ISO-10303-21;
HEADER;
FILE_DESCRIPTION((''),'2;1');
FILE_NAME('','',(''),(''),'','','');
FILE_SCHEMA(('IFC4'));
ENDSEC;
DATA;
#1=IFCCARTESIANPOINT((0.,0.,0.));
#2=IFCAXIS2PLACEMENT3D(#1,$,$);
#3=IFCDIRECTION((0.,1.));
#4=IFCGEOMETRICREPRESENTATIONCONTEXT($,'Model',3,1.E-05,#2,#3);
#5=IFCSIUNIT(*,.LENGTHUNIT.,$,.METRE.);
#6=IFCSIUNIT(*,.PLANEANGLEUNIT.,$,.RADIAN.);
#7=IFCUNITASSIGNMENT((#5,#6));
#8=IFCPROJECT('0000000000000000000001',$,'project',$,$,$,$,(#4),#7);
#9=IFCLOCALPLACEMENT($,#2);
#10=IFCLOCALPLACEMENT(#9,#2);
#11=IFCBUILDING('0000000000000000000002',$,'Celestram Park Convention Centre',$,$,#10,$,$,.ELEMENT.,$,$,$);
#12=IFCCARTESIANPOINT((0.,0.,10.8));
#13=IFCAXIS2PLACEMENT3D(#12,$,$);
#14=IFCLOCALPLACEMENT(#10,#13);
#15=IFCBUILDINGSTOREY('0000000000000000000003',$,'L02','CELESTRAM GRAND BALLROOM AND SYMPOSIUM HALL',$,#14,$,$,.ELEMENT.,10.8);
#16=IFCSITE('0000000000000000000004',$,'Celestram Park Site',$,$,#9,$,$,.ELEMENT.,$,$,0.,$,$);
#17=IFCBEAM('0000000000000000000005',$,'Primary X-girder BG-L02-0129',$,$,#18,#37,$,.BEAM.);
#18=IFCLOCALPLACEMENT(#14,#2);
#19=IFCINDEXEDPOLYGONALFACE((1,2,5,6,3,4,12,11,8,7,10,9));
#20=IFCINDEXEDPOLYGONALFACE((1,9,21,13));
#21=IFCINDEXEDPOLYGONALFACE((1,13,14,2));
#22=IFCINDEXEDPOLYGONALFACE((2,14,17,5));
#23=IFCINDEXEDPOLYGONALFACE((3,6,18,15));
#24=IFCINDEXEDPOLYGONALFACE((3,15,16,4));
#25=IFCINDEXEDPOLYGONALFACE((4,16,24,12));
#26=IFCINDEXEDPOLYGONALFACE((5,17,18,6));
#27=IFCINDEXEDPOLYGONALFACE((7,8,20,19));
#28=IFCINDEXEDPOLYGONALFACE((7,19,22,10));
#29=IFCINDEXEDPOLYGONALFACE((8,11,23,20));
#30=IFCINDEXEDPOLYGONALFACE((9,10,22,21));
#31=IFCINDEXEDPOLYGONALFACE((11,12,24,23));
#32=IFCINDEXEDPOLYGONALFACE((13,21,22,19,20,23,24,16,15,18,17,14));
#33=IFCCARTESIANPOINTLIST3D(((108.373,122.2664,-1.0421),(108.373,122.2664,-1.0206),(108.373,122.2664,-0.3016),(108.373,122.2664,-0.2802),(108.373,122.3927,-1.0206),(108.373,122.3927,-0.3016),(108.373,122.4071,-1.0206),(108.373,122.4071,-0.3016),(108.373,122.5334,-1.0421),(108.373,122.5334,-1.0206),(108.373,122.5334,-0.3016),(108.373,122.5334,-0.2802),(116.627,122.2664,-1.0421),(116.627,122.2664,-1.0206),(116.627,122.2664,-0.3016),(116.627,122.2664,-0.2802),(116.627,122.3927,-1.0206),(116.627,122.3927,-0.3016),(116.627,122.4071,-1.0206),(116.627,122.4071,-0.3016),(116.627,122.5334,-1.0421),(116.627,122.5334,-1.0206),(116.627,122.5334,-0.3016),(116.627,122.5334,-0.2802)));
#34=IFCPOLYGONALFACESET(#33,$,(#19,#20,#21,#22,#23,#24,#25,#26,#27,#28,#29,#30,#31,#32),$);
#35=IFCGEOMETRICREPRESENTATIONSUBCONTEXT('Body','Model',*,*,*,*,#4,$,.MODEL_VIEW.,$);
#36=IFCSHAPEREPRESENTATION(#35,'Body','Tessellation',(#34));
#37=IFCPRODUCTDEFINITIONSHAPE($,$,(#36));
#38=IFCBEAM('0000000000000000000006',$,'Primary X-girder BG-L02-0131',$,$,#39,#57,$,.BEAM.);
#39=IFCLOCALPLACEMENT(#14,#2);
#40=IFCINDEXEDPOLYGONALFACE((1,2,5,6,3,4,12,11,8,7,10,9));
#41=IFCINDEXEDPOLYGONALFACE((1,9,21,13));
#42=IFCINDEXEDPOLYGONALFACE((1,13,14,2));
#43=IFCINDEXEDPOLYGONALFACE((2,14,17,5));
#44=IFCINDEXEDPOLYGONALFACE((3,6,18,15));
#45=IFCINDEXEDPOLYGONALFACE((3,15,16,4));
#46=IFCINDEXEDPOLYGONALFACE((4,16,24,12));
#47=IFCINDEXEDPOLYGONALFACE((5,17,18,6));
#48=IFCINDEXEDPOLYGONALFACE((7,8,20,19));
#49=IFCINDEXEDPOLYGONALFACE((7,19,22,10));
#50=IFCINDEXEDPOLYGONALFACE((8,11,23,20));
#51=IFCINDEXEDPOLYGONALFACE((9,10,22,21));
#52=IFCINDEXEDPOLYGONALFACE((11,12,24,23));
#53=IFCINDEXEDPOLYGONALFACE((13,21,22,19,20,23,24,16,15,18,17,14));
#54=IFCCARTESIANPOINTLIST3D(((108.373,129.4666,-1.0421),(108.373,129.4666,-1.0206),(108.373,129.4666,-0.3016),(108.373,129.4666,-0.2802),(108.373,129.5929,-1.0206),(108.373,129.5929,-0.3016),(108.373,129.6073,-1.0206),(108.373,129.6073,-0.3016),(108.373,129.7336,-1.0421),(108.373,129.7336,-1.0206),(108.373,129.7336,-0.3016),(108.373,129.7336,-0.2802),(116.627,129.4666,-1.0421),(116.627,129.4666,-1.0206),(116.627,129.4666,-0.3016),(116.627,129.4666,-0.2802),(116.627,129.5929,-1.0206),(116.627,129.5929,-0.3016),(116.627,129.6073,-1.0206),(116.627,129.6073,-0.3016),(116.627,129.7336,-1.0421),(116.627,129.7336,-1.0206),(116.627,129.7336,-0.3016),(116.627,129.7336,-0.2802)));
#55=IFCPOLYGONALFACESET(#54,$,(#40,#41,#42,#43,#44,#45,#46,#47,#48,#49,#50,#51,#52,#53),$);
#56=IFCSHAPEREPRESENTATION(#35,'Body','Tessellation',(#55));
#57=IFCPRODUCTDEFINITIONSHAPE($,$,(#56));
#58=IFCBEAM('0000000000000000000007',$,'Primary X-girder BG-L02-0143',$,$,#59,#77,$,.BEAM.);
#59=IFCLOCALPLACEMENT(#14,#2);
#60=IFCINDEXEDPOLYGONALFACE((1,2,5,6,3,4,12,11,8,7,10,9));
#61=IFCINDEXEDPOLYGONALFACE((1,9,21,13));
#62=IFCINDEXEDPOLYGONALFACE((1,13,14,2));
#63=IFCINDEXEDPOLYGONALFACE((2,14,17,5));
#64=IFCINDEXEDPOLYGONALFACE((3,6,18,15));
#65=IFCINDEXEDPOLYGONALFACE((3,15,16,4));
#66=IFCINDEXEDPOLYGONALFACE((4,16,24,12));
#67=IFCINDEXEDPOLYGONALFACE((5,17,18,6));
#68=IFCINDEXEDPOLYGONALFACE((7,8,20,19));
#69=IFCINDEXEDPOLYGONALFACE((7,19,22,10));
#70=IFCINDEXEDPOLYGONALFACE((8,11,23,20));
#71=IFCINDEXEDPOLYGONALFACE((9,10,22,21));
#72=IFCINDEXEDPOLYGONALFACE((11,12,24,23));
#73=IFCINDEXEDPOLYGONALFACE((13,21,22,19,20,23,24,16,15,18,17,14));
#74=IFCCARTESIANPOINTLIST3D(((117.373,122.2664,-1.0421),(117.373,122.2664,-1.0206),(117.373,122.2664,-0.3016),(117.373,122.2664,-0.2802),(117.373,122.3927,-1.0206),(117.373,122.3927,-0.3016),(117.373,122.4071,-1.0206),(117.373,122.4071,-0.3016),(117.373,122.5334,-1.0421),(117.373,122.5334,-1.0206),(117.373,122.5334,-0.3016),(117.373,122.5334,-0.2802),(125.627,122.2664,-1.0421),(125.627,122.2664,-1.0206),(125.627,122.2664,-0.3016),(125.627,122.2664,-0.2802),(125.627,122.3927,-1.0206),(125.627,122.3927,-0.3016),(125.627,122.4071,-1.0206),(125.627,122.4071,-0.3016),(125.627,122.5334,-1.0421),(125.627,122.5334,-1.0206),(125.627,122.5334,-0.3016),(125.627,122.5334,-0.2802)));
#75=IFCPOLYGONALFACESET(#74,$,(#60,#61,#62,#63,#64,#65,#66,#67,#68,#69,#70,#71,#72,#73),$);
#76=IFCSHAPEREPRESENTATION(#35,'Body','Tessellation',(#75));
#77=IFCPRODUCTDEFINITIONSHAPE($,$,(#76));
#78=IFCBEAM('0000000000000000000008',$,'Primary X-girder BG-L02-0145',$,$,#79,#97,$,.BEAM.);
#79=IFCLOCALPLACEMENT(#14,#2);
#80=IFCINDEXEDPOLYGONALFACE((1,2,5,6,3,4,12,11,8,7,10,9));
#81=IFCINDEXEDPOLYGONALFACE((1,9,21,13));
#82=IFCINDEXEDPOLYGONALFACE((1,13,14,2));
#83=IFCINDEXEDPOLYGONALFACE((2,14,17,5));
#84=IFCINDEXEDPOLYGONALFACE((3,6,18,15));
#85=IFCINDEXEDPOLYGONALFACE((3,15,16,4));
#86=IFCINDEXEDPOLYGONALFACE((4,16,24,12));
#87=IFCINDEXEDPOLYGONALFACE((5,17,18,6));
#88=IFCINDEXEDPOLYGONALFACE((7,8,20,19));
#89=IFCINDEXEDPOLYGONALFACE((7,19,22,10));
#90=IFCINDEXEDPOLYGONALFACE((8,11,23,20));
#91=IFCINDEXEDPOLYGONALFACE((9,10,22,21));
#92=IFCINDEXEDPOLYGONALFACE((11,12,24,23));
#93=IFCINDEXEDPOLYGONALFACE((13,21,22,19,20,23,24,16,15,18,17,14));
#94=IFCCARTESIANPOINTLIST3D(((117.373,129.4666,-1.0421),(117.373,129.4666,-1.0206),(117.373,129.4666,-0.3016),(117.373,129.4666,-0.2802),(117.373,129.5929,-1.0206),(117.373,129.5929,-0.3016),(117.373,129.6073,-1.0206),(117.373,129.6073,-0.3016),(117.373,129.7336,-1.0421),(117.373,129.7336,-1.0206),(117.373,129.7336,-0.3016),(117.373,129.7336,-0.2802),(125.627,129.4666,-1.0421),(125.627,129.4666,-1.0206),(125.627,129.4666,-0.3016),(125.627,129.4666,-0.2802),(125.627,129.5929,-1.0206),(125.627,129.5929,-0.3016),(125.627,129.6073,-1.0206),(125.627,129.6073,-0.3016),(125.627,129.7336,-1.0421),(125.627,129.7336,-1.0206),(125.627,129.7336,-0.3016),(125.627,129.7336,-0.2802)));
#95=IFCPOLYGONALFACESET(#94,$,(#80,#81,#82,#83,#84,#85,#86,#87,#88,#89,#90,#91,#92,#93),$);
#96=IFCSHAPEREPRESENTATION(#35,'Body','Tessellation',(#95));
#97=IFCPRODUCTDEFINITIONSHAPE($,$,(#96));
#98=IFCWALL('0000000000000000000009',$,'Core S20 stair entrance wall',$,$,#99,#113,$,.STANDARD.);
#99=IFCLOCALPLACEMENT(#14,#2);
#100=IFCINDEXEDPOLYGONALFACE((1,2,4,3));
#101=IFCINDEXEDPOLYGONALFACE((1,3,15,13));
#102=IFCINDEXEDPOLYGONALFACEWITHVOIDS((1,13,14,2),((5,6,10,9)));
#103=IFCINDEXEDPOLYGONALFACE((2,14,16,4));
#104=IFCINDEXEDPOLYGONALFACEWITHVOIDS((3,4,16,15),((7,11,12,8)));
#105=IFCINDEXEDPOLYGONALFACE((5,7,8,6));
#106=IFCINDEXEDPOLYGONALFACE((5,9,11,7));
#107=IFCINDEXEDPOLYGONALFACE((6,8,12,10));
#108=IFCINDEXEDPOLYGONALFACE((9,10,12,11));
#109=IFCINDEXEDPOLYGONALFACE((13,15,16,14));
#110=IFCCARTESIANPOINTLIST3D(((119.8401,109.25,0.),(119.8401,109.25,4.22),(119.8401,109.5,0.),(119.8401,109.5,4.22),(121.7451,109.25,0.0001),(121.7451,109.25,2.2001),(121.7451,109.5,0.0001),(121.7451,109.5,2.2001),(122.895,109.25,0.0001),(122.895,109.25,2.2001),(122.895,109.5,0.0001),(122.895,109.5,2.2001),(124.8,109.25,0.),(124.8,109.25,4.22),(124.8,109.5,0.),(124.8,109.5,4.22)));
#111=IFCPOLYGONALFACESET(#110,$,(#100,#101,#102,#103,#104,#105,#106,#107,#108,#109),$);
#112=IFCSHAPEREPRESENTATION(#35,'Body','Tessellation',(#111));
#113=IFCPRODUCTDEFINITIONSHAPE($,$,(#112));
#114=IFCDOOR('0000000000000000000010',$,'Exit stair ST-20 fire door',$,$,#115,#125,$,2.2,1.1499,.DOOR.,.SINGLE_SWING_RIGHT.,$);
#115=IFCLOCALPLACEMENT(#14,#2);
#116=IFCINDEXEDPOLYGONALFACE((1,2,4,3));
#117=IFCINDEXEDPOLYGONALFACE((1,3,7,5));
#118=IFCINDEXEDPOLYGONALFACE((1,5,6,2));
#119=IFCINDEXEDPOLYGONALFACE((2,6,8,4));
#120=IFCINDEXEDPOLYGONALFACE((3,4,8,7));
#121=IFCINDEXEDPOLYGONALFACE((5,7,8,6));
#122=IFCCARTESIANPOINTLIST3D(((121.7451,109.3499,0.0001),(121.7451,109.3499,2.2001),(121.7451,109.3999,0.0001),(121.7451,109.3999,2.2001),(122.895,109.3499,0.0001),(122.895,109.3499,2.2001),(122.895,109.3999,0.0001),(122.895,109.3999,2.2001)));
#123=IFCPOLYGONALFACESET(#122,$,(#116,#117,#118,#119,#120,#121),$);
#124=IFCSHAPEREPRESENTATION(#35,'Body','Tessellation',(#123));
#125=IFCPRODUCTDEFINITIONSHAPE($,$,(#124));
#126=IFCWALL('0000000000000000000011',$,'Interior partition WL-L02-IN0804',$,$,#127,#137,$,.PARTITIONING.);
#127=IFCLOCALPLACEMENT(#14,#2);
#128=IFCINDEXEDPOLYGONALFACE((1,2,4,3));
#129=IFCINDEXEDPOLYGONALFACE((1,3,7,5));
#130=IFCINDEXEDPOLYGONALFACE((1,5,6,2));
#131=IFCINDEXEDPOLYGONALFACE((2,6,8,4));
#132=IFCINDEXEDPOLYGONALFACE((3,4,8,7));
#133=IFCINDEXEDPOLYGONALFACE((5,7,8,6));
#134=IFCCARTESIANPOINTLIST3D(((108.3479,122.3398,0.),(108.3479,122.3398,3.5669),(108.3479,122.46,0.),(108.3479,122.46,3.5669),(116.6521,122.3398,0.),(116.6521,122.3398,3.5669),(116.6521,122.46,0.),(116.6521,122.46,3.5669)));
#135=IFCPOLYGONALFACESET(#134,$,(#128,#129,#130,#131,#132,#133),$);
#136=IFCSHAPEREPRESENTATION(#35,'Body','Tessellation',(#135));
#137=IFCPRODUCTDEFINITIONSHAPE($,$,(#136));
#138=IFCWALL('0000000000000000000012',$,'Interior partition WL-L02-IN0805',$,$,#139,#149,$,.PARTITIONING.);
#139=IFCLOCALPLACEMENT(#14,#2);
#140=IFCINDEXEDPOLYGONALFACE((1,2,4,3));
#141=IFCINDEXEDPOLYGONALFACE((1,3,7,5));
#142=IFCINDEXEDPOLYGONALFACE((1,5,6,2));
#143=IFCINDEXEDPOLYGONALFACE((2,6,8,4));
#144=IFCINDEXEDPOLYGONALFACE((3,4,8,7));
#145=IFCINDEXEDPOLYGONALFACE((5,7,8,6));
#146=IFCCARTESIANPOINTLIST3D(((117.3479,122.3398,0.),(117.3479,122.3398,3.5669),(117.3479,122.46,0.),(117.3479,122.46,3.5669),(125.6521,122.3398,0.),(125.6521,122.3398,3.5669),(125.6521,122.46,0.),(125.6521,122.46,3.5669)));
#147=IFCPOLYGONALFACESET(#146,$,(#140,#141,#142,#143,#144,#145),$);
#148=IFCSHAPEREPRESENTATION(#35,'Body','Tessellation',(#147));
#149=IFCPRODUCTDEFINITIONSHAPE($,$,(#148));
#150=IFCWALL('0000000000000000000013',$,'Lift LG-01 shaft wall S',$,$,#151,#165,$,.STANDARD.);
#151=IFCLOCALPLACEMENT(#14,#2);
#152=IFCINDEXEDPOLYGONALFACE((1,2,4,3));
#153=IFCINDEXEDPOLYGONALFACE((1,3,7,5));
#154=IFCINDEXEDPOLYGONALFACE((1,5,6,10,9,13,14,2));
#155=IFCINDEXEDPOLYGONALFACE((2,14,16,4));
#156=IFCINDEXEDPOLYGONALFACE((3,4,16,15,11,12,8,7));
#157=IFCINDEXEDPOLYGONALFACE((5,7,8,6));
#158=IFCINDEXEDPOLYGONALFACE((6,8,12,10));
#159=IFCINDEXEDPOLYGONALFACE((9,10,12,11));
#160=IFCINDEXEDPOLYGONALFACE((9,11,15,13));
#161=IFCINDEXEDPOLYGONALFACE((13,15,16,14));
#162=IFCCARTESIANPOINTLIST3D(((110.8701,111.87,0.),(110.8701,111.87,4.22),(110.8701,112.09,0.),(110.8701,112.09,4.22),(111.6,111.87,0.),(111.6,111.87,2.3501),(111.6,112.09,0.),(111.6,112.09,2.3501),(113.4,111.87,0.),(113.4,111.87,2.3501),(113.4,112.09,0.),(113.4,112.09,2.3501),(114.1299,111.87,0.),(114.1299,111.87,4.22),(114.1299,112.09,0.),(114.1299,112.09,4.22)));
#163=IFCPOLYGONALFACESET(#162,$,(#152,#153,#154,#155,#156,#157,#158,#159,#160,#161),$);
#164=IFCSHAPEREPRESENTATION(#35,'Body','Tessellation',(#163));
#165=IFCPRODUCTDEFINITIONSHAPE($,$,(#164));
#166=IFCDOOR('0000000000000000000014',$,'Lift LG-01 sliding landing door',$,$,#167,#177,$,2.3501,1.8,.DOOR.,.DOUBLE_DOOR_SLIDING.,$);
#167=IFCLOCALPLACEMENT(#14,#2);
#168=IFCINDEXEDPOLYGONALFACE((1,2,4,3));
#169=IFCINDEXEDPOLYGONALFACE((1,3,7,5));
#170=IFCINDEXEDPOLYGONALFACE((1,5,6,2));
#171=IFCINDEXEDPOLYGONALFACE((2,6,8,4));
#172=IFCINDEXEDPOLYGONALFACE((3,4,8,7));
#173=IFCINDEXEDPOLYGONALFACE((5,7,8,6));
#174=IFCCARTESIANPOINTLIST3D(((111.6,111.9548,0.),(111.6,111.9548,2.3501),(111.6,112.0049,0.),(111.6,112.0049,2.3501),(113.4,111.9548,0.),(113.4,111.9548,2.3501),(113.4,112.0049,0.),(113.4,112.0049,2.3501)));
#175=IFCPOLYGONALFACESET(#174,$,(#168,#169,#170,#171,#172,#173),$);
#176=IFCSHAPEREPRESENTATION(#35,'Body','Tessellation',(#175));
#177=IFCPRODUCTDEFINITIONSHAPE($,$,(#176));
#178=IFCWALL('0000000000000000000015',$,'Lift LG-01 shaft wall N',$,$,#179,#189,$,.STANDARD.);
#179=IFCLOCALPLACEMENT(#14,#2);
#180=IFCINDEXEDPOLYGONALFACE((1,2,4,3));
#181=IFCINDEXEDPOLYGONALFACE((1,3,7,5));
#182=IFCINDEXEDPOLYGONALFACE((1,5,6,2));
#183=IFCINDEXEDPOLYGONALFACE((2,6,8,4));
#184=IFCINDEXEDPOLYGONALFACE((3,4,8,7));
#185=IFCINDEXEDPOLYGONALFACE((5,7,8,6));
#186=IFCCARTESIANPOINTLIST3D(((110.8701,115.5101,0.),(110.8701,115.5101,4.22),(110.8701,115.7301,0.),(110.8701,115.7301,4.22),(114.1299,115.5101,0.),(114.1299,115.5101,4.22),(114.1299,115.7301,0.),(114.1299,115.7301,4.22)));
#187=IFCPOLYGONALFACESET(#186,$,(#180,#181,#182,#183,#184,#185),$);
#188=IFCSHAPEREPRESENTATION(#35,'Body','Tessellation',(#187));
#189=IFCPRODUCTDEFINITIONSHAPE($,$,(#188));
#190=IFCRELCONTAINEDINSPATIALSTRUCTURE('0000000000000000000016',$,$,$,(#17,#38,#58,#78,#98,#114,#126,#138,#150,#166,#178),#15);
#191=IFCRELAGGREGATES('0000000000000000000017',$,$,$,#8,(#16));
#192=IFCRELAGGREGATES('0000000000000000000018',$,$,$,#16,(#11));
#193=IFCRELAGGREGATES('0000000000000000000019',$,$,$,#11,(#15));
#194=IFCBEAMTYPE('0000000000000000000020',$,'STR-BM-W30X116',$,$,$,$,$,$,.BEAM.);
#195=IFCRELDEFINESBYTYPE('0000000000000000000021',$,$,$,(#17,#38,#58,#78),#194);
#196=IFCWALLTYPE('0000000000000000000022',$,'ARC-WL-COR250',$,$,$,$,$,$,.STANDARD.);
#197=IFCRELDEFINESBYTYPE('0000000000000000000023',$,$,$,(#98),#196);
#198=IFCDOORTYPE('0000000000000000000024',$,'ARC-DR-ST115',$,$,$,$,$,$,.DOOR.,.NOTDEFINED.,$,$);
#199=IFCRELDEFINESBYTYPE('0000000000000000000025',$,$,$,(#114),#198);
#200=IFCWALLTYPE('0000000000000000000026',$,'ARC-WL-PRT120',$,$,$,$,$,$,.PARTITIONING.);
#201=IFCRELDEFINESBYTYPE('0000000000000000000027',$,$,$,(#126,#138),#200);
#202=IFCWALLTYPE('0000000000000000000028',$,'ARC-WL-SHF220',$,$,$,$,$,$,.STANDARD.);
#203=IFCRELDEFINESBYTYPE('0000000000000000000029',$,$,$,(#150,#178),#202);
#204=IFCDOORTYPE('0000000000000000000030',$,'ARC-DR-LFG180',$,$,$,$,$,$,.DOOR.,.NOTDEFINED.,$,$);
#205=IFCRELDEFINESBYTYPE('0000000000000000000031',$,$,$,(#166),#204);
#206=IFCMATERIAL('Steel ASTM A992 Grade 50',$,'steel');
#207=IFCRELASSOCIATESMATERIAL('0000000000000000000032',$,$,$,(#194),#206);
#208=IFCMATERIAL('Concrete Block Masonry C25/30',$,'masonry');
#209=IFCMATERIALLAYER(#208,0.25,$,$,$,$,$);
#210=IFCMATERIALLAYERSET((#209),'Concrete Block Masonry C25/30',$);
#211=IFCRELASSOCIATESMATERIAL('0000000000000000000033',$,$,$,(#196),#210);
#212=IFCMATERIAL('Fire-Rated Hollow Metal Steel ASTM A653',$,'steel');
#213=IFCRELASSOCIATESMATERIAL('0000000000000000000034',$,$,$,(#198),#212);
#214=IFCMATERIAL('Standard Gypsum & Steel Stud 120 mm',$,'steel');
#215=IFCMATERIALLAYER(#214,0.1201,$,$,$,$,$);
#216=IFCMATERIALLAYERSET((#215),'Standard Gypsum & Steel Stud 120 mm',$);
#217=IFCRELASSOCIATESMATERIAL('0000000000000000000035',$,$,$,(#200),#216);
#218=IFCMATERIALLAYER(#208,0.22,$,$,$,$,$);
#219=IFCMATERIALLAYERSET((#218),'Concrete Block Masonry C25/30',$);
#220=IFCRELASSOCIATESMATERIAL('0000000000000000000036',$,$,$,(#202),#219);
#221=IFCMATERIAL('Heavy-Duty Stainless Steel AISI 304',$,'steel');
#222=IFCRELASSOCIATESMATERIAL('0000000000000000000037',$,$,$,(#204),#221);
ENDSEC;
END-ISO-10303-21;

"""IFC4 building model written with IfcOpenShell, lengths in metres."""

from ifc_helpers import new_model, si_unit, direction, frame, frame_2d, origin, origin_2d, place, context, subcontext, project, spatial, rectangle, i_section, extrude, material, layer, layer_set, material_profile, profile_set, type_object, element, fill, save


model = new_model("IFC4")

# Units and contexts
model_context = context("Model", 3, precision=1e-05, world=origin(), true_north=direction((0.0, 1.0)))
body_context = subcontext(model_context, "Body", "Model", "MODEL_VIEW")
ifc_project = project(units=[si_unit("LENGTHUNIT", "METRE"), si_unit("PLANEANGLEUNIT", "RADIAN")], contexts=[model_context])

# Site, building, storey
site_placement = place(None, origin())
site = spatial("IfcSite", under=ifc_project, at=site_placement, Name="Celestram Park Site", CompositionType="ELEMENT", RefElevation=0.0)
building_placement = place(site_placement, origin())
building = spatial("IfcBuilding", under=site, at=building_placement, Name="Celestram Park Convention Centre", CompositionType="ELEMENT")
storey_placement = place(building_placement, frame((0.0, 0.0, 10.8)))
storey = spatial("IfcBuildingStorey", under=building, at=storey_placement, Name="L02", Description="CELESTRAM GRAND BALLROOM AND SYMPOSIUM HALL", CompositionType="ELEMENT", Elevation=10.8)

# Beams
ifc_material_1 = material(Name="Steel ASTM A992 Grade 50", Category="steel")
ifc_material_profile_1 = material_profile(ifc_material_1, i_section(OverallWidth=0.2671, OverallDepth=0.762, WebThickness=0.0144, FlangeThickness=0.0215, at=origin_2d()), Name="W30X116")
ifc_profile_set_1 = profile_set([ifc_material_profile_1], Name="Steel ASTM A992 Grade 50")
beam_type_1 = type_object("IfcBeamType", Name="STR-BM-W30X116", PredefinedType="BEAM", material=ifc_profile_set_1)
for number, where, z_axis, x_axis, name in (
    (1, (108.373, 122.3999, -0.6611), (1.0, 0.0, 0.0), (0.0, 1.0, 0.0), "Primary X-girder BG-L02-0129"),
    (2, (108.373, 129.6001, -0.6611), (1.0, 0.0, 0.0), (0.0, 1.0, 0.0), "Primary X-girder BG-L02-0131"),
    (3, (117.373, 122.3999, -0.6611), (1.0, 0.0, 0.0), (0.0, 1.0, 0.0), "Primary X-girder BG-L02-0143"),
    (4, (117.373, 129.6001, -0.6611), (1.0, 0.0, 0.0), (0.0, 1.0, 0.0), "Primary X-girder BG-L02-0145"),
):
    element("IfcBeam", number, at=place(storey_placement, frame(where, z_axis=z_axis, x_axis=x_axis)), inside=storey, type_object=beam_type_1, Name=name, PredefinedType="BEAM", context=body_context, shape_type="SweptSolid", body=[
        extrude(i_section(OverallWidth=0.2671, OverallDepth=0.762, WebThickness=0.0144, FlangeThickness=0.0215, at=origin_2d()), origin(), (0.0, 0.0, 1.0), 8.2539),
    ])

# Wall, opening, door
ifc_material_2 = material(Name="Concrete Block Masonry C25/30", Category="masonry")
ifc_layer_1 = layer(ifc_material_2, 0.25)
ifc_layer_set_1 = layer_set([ifc_layer_1], Name="Concrete Block Masonry C25/30")
wall_type_1 = type_object("IfcWallType", Name="ARC-WL-COR250", PredefinedType="STANDARD", material=ifc_layer_set_1)
wall_1_placement = place(storey_placement, frame((119.8401, 109.375, 0.0), z_axis=(0.0, 0.0, 1.0), x_axis=(1.0, 0.0, 0.0)))
wall_1 = element("IfcWall", 5, at=wall_1_placement, inside=storey, type_object=wall_type_1, Name="Core S20 stair entrance wall", PredefinedType="STANDARD", context=body_context, shape_type="SweptSolid", body=[
    extrude(rectangle(XDim=4.96, YDim=0.25, at=frame_2d((2.48, 0.0))), origin(), (0.0, 0.0, 1.0), 4.22),
])
opening_1_placement = place(wall_1_placement, frame((1.905, 0.0, 0.0)))
opening_1 = element("IfcOpeningElement", 6, at=opening_1_placement, cuts=wall_1, PredefinedType="OPENING", context=body_context, shape_type="SweptSolid", body=[
    extrude(rectangle(XDim=1.1499, YDim=2.2, at=frame_2d((0.575, 1.1001))), frame((0.0, 0.135, 0.0), z_axis=(0.0, -1.0, 0.0), x_axis=(1.0, 0.0, 0.0)), (0.0, 0.0, 1.0), 0.27),
])
ifc_material_3 = material(Name="Fire-Rated Hollow Metal Steel ASTM A653", Category="steel")
door_type_1 = type_object("IfcDoorType", Name="ARC-DR-ST115", OperationType="NOTDEFINED", PredefinedType="DOOR", material=ifc_material_3)
door_1_placement = place(opening_1_placement, origin())
door_1 = element("IfcDoor", 7, at=door_1_placement, inside=storey, type_object=door_type_1, Name="Exit stair ST-20 fire door", OperationType="SINGLE_SWING_RIGHT", OverallHeight=2.2, OverallWidth=1.1499, PredefinedType="DOOR", context=body_context, shape_type="SweptSolid", body=[
    extrude(rectangle(XDim=1.1499, YDim=2.2, at=frame_2d((0.575, 1.1001))), frame((0.0, 0.0249, 0.0), z_axis=(0.0, -1.0, 0.0), x_axis=(1.0, 0.0, 0.0)), (0.0, 0.0, 1.0), 0.05),
])
fill(opening_1, door_1)

# Walls
ifc_material_4 = material(Name="Standard Gypsum & Steel Stud 120 mm", Category="steel")
ifc_layer_2 = layer(ifc_material_4, 0.1201)
ifc_layer_set_2 = layer_set([ifc_layer_2], Name="Standard Gypsum & Steel Stud 120 mm")
wall_type_2 = type_object("IfcWallType", Name="ARC-WL-PRT120", PredefinedType="PARTITIONING", material=ifc_layer_set_2)
for number, where, z_axis, x_axis, name in (
    (8, (108.3479, 122.3999, 0.0), (0.0, 0.0, 1.0), (1.0, 0.0, 0.0), "Interior partition WL-L02-IN0804"),
    (9, (117.3479, 122.3999, 0.0), (0.0, 0.0, 1.0), (1.0, 0.0, 0.0), "Interior partition WL-L02-IN0805"),
):
    element("IfcWall", number, at=place(storey_placement, frame(where, z_axis=z_axis, x_axis=x_axis)), inside=storey, type_object=wall_type_2, Name=name, PredefinedType="PARTITIONING", context=body_context, shape_type="SweptSolid", body=[
        extrude(rectangle(XDim=8.3042, YDim=0.1201, at=frame_2d((4.1521, 0.0))), origin(), (0.0, 0.0, 1.0), 3.5669),
    ])

# Wall, opening, door
ifc_layer_3 = layer(ifc_material_2, 0.22)
ifc_layer_set_3 = layer_set([ifc_layer_3], Name="Concrete Block Masonry C25/30")
wall_type_3 = type_object("IfcWallType", Name="ARC-WL-SHF220", PredefinedType="STANDARD", material=ifc_layer_set_3)
wall_2_placement = place(storey_placement, frame((110.8701, 111.98, 0.0), z_axis=(0.0, 0.0, 1.0), x_axis=(1.0, 0.0, 0.0)))
wall_2 = element("IfcWall", 10, at=wall_2_placement, inside=storey, type_object=wall_type_3, Name="Lift LG-01 shaft wall S", PredefinedType="STANDARD", context=body_context, shape_type="SweptSolid", body=[
    extrude(rectangle(XDim=3.2598, YDim=0.22, at=frame_2d((1.6299, 0.0))), origin(), (0.0, 0.0, 1.0), 4.22),
])
opening_2_placement = place(wall_2_placement, frame((0.73, 0.0, 0.0)))
opening_2 = element("IfcOpeningElement", 11, at=opening_2_placement, cuts=wall_2, PredefinedType="OPENING", context=body_context, shape_type="SweptSolid", body=[
    extrude(rectangle(XDim=1.8, YDim=2.3501, at=frame_2d((0.8999, 1.175))), frame((0.0, 0.1199, 0.0), z_axis=(0.0, -1.0, 0.0), x_axis=(1.0, 0.0, 0.0)), (0.0, 0.0, 1.0), 0.24),
])
ifc_material_5 = material(Name="Heavy-Duty Stainless Steel AISI 304", Category="steel")
door_type_2 = type_object("IfcDoorType", Name="ARC-DR-LFG180", OperationType="NOTDEFINED", PredefinedType="DOOR", material=ifc_material_5)
door_2_placement = place(opening_2_placement, origin())
door_2 = element("IfcDoor", 12, at=door_2_placement, inside=storey, type_object=door_type_2, Name="Lift LG-01 sliding landing door", OperationType="DOUBLE_DOOR_SLIDING", OverallHeight=2.3501, OverallWidth=1.8, PredefinedType="DOOR", context=body_context, shape_type="SweptSolid", body=[
    extrude(rectangle(XDim=1.8, YDim=2.3501, at=frame_2d((0.8999, 1.175))), frame((0.0, 0.0249, 0.0), z_axis=(0.0, -1.0, 0.0), x_axis=(1.0, 0.0, 0.0)), (0.0, 0.0, 1.0), 0.05),
])
fill(opening_2, door_2)

# Wall
wall_3_placement = place(storey_placement, frame((114.1299, 115.6201, 0.0), z_axis=(0.0, 0.0, 1.0), x_axis=(-1.0, 0.0, 0.0)))
element("IfcWall", 13, at=wall_3_placement, inside=storey, type_object=wall_type_3, Name="Lift LG-01 shaft wall N", PredefinedType="STANDARD", context=body_context, shape_type="SweptSolid", body=[
    extrude(rectangle(XDim=3.2598, YDim=0.22, at=frame_2d((1.6299, 0.0))), origin(), (0.0, 0.0, 1.0), 4.22),
])

save(model, "model.ifc")
